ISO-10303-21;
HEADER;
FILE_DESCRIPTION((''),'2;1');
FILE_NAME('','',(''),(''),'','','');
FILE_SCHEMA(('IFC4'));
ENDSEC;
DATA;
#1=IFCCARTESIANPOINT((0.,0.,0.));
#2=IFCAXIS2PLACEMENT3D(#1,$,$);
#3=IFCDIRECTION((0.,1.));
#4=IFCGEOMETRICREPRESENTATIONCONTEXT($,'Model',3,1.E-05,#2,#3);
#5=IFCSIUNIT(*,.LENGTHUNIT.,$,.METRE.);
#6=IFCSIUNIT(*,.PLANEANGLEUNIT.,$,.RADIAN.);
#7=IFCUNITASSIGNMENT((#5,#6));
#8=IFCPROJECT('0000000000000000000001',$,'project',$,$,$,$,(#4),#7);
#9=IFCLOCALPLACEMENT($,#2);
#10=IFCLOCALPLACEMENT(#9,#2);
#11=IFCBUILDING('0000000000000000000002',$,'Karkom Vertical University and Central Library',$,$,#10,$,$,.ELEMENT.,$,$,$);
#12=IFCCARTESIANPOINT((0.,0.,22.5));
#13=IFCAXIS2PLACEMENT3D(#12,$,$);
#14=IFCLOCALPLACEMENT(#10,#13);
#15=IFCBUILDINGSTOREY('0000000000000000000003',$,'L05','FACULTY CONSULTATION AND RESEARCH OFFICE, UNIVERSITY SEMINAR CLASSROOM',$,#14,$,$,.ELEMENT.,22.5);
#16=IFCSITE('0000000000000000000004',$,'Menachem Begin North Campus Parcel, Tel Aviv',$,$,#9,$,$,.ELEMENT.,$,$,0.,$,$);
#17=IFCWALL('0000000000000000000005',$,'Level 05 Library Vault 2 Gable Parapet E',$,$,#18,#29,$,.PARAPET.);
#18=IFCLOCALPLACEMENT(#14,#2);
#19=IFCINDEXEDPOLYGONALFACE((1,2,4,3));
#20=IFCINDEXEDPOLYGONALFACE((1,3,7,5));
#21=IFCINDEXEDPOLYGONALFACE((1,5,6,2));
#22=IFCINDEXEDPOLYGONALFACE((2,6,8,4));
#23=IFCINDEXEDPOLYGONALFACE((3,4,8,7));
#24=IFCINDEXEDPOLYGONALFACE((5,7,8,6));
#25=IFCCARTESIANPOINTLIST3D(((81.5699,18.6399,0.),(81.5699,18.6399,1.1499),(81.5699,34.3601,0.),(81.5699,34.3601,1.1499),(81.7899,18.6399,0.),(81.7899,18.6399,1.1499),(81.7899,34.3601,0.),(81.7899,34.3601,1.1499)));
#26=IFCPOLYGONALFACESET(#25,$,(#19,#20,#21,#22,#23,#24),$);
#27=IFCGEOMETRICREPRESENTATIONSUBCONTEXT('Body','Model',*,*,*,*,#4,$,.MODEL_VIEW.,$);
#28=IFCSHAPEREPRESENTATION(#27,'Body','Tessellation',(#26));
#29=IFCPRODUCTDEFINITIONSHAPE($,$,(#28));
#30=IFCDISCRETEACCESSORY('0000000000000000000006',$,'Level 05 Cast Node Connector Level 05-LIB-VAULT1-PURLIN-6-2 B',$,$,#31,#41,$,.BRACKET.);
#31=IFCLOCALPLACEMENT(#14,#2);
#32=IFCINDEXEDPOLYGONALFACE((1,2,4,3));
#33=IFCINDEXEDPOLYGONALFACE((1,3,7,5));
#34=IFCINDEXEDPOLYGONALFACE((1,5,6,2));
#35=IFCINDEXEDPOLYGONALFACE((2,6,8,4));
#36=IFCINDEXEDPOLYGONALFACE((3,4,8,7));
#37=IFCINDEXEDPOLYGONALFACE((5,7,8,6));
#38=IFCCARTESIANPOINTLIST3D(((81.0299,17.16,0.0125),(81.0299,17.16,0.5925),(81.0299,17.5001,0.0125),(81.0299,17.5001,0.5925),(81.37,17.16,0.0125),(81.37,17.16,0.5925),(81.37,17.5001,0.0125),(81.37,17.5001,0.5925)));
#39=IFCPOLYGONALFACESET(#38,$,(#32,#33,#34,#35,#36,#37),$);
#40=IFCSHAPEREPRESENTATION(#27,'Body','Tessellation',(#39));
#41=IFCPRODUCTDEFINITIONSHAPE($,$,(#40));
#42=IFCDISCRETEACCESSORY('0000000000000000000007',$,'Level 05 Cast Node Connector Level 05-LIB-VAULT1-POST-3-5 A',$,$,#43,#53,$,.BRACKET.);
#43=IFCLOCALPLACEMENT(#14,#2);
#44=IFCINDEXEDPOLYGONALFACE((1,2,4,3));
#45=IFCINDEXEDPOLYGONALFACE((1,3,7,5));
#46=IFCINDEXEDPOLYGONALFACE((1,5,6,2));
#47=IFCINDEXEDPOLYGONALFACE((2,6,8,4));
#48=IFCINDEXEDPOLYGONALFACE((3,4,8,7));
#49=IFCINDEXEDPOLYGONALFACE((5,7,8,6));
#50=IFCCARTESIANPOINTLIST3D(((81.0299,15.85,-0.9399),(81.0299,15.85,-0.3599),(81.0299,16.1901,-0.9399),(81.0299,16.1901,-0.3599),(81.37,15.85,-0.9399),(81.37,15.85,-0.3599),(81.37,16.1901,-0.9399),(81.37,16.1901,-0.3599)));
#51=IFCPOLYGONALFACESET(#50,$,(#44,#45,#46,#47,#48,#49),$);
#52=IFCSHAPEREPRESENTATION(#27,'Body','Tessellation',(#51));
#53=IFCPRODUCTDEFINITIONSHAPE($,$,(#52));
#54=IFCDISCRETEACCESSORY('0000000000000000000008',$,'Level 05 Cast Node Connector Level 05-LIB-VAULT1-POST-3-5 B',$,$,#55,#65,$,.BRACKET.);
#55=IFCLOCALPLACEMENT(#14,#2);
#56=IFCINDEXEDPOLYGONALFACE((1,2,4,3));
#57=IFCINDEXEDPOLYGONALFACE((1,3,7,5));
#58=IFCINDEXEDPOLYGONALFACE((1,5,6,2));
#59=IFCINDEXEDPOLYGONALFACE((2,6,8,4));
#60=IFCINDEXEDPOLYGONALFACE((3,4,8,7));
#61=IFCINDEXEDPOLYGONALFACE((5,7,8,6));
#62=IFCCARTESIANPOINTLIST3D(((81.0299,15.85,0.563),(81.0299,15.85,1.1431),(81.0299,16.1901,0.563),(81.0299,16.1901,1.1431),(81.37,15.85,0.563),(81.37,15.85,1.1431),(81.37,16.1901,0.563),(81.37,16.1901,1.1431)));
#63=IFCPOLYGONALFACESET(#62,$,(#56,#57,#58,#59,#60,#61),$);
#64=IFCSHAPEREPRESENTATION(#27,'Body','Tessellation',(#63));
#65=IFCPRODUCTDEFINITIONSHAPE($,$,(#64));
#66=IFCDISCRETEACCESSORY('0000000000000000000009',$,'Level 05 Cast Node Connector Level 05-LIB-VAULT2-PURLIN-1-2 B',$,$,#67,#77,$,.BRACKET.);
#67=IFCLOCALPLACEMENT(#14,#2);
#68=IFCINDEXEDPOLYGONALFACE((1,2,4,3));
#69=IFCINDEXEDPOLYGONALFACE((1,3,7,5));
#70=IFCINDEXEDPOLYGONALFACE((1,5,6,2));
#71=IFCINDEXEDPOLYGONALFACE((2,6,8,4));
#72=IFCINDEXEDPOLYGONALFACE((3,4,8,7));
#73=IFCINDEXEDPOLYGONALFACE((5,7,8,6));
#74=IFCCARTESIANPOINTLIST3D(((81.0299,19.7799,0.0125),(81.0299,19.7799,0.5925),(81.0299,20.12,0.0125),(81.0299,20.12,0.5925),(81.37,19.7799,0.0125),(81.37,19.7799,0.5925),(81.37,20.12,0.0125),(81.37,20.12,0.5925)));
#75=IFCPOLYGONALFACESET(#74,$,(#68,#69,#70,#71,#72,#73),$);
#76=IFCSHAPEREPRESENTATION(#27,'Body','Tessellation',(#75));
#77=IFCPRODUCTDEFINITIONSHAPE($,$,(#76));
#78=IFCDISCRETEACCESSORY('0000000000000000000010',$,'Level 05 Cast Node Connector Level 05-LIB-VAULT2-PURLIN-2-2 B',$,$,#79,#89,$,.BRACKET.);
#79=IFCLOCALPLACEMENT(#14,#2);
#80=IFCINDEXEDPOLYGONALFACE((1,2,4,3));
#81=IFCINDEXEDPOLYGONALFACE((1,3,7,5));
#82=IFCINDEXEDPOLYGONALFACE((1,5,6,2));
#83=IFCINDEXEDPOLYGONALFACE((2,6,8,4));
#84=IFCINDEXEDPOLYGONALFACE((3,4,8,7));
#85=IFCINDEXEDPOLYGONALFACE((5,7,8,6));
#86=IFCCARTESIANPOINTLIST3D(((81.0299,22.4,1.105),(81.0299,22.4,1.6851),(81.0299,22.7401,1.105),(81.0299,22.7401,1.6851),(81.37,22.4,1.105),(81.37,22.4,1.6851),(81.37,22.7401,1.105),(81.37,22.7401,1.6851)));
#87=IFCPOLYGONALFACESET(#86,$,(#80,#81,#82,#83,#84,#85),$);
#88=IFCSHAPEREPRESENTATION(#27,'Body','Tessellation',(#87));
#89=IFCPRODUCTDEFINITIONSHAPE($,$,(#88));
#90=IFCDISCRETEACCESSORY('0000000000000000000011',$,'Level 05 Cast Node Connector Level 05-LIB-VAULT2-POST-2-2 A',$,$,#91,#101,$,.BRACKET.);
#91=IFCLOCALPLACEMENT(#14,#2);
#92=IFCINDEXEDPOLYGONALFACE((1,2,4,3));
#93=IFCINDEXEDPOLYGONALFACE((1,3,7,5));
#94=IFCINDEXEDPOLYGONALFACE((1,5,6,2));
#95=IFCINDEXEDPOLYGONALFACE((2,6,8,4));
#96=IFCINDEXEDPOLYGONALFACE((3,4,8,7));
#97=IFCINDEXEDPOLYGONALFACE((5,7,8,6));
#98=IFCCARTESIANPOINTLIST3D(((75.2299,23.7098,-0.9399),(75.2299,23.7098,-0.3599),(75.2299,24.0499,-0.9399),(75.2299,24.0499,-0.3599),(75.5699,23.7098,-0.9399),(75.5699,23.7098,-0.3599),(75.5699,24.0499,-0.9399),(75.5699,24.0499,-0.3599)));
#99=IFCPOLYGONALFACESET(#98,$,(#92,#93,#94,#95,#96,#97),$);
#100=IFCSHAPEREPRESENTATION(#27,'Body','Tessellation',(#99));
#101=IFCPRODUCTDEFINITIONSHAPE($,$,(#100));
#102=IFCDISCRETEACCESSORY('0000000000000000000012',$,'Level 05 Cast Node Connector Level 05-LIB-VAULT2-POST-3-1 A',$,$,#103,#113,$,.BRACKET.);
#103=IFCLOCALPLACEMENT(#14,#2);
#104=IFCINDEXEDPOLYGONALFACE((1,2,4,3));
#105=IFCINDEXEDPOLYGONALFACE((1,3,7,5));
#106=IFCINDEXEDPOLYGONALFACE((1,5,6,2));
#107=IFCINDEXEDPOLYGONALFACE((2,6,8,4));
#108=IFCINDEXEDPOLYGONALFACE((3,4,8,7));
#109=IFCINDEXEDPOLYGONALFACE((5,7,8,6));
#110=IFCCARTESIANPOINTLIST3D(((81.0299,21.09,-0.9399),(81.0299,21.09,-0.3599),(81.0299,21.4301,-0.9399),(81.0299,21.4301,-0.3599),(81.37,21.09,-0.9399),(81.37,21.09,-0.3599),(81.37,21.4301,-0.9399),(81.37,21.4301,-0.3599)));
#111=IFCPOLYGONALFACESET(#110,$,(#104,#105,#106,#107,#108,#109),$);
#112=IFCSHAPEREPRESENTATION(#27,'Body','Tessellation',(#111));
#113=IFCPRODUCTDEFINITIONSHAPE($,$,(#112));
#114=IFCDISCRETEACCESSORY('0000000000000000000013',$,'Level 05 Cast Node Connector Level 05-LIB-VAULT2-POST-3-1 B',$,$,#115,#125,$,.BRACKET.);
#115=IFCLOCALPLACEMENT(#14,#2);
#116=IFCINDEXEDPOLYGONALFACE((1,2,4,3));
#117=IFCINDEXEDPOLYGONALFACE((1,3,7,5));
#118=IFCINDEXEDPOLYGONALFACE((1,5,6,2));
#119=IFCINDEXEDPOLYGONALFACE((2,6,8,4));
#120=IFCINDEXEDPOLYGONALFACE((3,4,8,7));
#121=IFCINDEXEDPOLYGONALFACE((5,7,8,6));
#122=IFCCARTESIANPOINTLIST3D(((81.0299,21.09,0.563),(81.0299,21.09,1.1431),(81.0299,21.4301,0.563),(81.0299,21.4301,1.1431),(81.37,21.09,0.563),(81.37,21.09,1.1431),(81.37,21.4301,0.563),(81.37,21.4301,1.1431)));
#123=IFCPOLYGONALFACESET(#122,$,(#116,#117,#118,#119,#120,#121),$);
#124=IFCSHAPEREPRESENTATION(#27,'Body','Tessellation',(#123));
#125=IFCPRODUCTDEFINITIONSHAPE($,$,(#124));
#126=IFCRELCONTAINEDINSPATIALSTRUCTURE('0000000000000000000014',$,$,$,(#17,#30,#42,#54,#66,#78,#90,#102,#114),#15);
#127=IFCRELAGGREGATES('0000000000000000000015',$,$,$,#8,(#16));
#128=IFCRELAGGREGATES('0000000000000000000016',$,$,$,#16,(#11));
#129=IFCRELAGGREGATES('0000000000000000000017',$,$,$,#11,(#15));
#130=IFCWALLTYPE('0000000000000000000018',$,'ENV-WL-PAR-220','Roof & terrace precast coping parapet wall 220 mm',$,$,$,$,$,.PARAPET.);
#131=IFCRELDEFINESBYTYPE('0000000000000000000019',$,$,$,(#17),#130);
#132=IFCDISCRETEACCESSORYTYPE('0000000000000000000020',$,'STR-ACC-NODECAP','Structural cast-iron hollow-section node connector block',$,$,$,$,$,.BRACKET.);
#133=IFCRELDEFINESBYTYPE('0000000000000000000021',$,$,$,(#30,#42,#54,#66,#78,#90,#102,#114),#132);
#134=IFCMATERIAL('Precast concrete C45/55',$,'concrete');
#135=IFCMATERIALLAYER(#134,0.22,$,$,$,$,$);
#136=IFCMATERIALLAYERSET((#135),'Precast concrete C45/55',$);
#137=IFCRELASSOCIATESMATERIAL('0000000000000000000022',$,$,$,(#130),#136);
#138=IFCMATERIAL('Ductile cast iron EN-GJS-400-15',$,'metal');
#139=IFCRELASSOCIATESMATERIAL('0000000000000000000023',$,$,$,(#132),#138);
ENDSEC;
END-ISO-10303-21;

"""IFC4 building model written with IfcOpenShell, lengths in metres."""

from ifc_helpers import new_model, si_unit, direction, frame, frame_2d, origin, origin_with_axes, origin_2d, place, context, subcontext, project, spatial, rectangle, extrude, source, transform, mapped, material, layer, layer_set, type_object, element, save


model = new_model("IFC4")

# Units and contexts
model_context = context("Model", 3, precision=1e-05, world=origin(), true_north=direction((0.0, 1.0)))
body_context = subcontext(model_context, "Body", "Model", "MODEL_VIEW")
ifc_project = project(units=[si_unit("LENGTHUNIT", "METRE"), si_unit("PLANEANGLEUNIT", "RADIAN")], contexts=[model_context])

# Site, building, storey
site_placement = place(None, origin())
site = spatial("IfcSite", under=ifc_project, at=site_placement, Name="Menachem Begin North Campus Parcel, Tel Aviv", CompositionType="ELEMENT", RefElevation=0.0)
building_placement = place(site_placement, origin())
building = spatial("IfcBuilding", under=site, at=building_placement, Name="Karkom Vertical University and Central Library", CompositionType="ELEMENT")
storey_placement = place(building_placement, frame((0.0, 0.0, 22.5)))
storey = spatial("IfcBuildingStorey", under=building, at=storey_placement, Name="L05", Description="FACULTY CONSULTATION AND RESEARCH OFFICE, UNIVERSITY SEMINAR CLASSROOM", CompositionType="ELEMENT", Elevation=22.5)

# Shared definitions
ifc_material_1 = material(Name="Precast concrete C45/55", Category="concrete")

# Wall
ifc_layer_1 = layer(ifc_material_1, 0.22)
ifc_layer_set_1 = layer_set([ifc_layer_1], Name="Precast concrete C45/55")
wall_type = type_object("IfcWallType", Name="ENV-WL-PAR-220", Description="Roof & terrace precast coping parapet wall 220 mm", PredefinedType="PARAPET", material=ifc_layer_set_1)
wall_placement = place(storey_placement, frame((81.6799, 18.6399, 0.0), z_axis=(0.0, 0.0, 1.0), x_axis=(0.0, 1.0, 0.0)))
element("IfcWall", 1, at=wall_placement, inside=storey, type_object=wall_type, Name="Level 05 Library Vault 2 Gable Parapet E", PredefinedType="PARAPET", context=body_context, shape_type="SweptSolid", body=[
    extrude(rectangle(XDim=15.7202, YDim=0.22, at=frame_2d((7.8601, 0.0))), origin(), (0.0, 0.0, 1.0), 1.1499),
])

# Discrete accessories
ifc_material_2 = material(Name="Ductile cast iron EN-GJS-400-15", Category="metal")
discrete_accessory_type = type_object("IfcDiscreteAccessoryType", Name="STR-ACC-NODECAP", Description="Structural cast-iron hollow-section node connector block", PredefinedType="BRACKET", material=ifc_material_2)
shared_shape_1 = source(origin_with_axes(), body_context, "Body", "SweptSolid", [
    extrude(rectangle(XDim=0.3401, YDim=0.3401, at=origin_2d()), origin(), (0.0, 0.0, 1.0), 0.5801),
])
for number, where, z_axis, x_axis, name in (
    (2, (81.2, 17.3301, 0.0125), (0.0, 0.0, 1.0), (1.0, 0.0, 0.0), "Level 05 Cast Node Connector Level 05-LIB-VAULT1-PURLIN-6-2 B"),
    (3, (81.2, 16.02, -0.9399), (0.0, 0.0, 1.0), (1.0, 0.0, 0.0), "Level 05 Cast Node Connector Level 05-LIB-VAULT1-POST-3-5 A"),
    (4, (81.2, 16.02, 0.563), (0.0, 0.0, 1.0), (1.0, 0.0, 0.0), "Level 05 Cast Node Connector Level 05-LIB-VAULT1-POST-3-5 B"),
    (5, (81.2, 19.95, 0.0125), (0.0, 0.0, 1.0), (1.0, 0.0, 0.0), "Level 05 Cast Node Connector Level 05-LIB-VAULT2-PURLIN-1-2 B"),
    (6, (81.2, 22.5701, 1.105), (0.0, 0.0, 1.0), (1.0, 0.0, 0.0), "Level 05 Cast Node Connector Level 05-LIB-VAULT2-PURLIN-2-2 B"),
    (7, (75.3999, 23.8799, -0.9399), (0.0, 0.0, 1.0), (1.0, 0.0, 0.0), "Level 05 Cast Node Connector Level 05-LIB-VAULT2-POST-2-2 A"),
    (8, (81.2, 21.26, -0.9399), (0.0, 0.0, 1.0), (1.0, 0.0, 0.0), "Level 05 Cast Node Connector Level 05-LIB-VAULT2-POST-3-1 A"),
    (9, (81.2, 21.26, 0.563), (0.0, 0.0, 1.0), (1.0, 0.0, 0.0), "Level 05 Cast Node Connector Level 05-LIB-VAULT2-POST-3-1 B"),
):
    element("IfcDiscreteAccessory", number, at=place(storey_placement, frame(where, z_axis=z_axis, x_axis=x_axis)), inside=storey, type_object=discrete_accessory_type, Name=name, PredefinedType="BRACKET", context=body_context, shape_type="MappedRepresentation", body=[
        mapped(shared_shape_1, transform((0.0, 0.0, 0.0), scale=1.0)),
    ])

save(model, "model.ifc")
